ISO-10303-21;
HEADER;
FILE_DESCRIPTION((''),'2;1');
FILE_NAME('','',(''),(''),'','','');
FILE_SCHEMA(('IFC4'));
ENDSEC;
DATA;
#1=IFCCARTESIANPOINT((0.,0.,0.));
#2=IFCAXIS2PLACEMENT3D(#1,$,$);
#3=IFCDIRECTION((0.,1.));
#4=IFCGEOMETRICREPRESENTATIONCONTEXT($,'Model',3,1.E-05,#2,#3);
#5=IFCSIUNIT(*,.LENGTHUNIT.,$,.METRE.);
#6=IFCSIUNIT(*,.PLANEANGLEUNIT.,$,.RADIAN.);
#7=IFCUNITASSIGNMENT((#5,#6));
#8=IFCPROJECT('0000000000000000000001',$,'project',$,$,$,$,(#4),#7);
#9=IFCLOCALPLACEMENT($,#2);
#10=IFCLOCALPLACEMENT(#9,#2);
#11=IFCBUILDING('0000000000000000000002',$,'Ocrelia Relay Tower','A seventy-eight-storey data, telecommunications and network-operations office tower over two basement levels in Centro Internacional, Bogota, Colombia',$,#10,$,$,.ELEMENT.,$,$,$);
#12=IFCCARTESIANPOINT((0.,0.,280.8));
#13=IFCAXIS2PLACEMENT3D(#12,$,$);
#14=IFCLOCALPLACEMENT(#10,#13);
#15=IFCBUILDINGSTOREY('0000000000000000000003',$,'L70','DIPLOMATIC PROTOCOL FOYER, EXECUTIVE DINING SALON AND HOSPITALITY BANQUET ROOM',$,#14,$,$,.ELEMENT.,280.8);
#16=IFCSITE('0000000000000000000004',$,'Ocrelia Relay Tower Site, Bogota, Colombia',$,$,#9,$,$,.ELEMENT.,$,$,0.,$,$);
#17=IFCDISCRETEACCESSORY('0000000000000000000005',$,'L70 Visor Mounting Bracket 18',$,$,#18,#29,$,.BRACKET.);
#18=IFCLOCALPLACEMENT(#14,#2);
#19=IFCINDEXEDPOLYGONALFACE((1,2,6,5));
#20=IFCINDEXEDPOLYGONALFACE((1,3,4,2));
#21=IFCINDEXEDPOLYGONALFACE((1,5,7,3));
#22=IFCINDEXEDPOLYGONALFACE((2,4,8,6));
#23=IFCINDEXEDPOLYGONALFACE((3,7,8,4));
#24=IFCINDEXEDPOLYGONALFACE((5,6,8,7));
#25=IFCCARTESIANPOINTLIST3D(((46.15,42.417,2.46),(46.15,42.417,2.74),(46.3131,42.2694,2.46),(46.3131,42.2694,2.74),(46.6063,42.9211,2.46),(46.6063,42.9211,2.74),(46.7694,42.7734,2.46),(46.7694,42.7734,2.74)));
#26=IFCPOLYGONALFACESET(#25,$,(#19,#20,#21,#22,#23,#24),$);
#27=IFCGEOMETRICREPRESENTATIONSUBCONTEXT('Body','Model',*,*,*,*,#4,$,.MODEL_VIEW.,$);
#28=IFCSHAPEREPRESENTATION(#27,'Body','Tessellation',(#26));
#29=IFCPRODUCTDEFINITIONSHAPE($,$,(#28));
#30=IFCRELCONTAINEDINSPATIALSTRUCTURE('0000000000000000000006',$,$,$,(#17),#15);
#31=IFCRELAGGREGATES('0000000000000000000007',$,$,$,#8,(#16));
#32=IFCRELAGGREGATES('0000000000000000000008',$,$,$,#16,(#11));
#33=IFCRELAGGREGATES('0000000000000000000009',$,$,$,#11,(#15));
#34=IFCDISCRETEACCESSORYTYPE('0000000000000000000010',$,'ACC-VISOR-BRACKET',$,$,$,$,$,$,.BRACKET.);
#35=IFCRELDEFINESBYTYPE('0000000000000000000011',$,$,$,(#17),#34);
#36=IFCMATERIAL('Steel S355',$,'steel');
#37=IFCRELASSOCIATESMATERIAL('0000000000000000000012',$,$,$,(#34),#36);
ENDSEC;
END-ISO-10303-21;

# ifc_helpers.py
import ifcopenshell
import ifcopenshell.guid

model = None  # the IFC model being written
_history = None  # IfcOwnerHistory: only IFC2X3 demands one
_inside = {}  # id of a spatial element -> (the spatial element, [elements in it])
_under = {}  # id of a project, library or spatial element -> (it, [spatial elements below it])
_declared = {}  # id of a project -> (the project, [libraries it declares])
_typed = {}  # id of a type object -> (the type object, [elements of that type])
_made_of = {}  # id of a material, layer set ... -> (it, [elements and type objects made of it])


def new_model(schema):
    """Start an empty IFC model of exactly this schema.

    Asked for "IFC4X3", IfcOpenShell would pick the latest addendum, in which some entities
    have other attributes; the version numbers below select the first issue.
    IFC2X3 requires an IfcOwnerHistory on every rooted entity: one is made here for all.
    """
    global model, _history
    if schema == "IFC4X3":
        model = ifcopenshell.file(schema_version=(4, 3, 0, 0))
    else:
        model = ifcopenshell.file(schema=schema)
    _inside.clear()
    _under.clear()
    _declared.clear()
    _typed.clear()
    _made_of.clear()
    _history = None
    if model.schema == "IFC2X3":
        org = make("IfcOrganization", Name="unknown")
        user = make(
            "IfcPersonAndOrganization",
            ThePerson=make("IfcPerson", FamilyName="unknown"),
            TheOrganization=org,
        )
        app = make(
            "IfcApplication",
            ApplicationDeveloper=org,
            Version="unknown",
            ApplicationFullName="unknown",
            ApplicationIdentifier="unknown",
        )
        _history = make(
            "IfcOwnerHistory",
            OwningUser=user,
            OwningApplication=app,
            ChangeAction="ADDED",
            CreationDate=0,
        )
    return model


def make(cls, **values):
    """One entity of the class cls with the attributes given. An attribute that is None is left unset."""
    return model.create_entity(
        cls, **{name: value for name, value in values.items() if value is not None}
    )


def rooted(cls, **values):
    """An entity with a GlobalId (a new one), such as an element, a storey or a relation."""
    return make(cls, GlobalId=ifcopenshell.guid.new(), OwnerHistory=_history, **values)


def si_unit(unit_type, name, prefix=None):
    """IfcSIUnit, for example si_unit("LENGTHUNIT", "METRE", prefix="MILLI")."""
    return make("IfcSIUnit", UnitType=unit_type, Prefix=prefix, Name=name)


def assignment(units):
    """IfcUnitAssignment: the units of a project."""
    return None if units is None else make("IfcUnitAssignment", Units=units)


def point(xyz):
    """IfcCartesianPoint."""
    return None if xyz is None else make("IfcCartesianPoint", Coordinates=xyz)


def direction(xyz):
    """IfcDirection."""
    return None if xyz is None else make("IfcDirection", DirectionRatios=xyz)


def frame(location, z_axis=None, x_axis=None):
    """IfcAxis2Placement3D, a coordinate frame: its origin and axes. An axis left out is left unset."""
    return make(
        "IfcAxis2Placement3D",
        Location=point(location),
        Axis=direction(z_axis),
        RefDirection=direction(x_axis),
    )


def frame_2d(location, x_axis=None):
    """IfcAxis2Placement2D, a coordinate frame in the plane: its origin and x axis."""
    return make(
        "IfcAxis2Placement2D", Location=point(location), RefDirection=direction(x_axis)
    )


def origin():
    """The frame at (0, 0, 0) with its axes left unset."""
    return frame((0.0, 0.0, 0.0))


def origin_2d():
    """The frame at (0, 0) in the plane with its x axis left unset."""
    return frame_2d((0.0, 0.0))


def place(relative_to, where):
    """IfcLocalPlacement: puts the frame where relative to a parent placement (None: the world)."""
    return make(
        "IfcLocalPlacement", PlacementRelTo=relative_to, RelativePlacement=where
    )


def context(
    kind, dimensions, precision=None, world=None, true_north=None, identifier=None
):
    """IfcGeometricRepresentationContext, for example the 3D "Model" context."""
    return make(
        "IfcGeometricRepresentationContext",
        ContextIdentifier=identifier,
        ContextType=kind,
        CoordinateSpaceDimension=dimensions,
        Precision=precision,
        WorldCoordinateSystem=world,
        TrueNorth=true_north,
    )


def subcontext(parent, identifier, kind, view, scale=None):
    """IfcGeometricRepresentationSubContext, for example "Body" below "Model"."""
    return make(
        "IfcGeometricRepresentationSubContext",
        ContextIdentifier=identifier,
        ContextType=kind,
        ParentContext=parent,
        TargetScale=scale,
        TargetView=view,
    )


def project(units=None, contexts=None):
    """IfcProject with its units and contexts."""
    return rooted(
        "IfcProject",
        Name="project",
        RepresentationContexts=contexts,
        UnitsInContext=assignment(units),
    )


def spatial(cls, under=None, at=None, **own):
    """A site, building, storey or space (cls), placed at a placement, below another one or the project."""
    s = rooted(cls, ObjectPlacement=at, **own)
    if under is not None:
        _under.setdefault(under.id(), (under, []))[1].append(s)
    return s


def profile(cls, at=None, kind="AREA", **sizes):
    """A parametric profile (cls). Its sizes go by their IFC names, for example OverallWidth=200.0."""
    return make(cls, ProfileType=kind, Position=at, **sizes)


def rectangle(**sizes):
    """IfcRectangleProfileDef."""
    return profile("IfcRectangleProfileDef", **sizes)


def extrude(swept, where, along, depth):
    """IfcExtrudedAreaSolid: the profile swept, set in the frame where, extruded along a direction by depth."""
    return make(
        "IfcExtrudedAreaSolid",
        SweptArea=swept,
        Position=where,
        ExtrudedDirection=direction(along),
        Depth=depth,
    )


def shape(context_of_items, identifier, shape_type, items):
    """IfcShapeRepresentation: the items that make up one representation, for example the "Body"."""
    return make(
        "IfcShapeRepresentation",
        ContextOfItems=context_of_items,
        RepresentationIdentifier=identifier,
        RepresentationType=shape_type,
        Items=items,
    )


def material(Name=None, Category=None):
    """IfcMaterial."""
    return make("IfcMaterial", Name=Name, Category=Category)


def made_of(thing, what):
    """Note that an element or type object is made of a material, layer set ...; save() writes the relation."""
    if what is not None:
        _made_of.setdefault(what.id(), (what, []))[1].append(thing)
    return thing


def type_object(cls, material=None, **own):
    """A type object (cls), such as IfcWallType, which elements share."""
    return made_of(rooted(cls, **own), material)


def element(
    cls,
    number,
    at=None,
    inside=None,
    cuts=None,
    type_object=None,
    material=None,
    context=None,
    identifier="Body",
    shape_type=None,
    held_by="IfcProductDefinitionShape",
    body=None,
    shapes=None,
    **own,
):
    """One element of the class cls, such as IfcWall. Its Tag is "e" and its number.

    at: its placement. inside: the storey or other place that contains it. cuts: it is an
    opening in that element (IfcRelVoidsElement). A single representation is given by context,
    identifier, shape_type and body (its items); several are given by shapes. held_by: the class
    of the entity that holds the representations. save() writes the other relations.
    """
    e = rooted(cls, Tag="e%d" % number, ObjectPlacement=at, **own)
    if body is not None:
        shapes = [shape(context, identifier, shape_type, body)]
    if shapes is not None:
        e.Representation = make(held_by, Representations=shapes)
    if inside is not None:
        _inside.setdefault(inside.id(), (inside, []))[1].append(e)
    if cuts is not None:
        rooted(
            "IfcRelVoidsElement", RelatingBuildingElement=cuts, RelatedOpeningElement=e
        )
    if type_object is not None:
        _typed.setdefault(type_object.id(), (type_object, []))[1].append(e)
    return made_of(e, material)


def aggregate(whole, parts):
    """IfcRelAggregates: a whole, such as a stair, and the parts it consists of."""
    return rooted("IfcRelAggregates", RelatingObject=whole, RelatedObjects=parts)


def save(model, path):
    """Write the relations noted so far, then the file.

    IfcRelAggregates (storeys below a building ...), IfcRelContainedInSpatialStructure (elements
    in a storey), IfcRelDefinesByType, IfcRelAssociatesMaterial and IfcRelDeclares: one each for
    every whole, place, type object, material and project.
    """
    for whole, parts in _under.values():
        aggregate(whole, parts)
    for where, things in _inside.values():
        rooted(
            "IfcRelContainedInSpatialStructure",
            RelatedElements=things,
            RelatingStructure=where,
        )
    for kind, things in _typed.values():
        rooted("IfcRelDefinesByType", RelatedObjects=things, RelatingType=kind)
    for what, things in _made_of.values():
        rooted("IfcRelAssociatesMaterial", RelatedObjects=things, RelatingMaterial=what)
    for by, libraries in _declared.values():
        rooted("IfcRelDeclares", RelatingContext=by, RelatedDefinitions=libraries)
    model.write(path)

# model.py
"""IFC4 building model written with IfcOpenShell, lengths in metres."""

from ifc_helpers import new_model, si_unit, direction, frame, origin, origin_2d, place, context, subcontext, project, spatial, rectangle, extrude, material, type_object, element, save


model = new_model("IFC4")

# Units and contexts
model_context = context("Model", 3, precision=1e-05, world=origin(), true_north=direction((0.0, 1.0)))
body_context = subcontext(model_context, "Body", "Model", "MODEL_VIEW")
ifc_project = project(units=[si_unit("LENGTHUNIT", "METRE"), si_unit("PLANEANGLEUNIT", "RADIAN")], contexts=[model_context])

# Site, building, storey
site_placement = place(None, origin())
site = spatial("IfcSite", under=ifc_project, at=site_placement, Name="Ocrelia Relay Tower Site, Bogota, Colombia", CompositionType="ELEMENT", RefElevation=0.0)
building_placement = place(site_placement, origin())
building = spatial("IfcBuilding", under=site, at=building_placement, Name="Ocrelia Relay Tower", Description="A seventy-eight-storey data, telecommunications and network-operations office tower over two basement levels in Centro Internacional, Bogota, Colombia", CompositionType="ELEMENT")
storey_placement = place(building_placement, frame((0.0, 0.0, 280.8)))
storey = spatial("IfcBuildingStorey", under=building, at=storey_placement, Name="L70", Description="DIPLOMATIC PROTOCOL FOYER, EXECUTIVE DINING SALON AND HOSPITALITY BANQUET ROOM", CompositionType="ELEMENT", Elevation=280.8)

# Shared definitions
ifc_material_1 = material(Name="Steel S355", Category="steel")

# Discrete accessory
discrete_accessory_type = type_object("IfcDiscreteAccessoryType", Name="ACC-VISOR-BRACKET", PredefinedType="BRACKET", material=ifc_material_1)
for number, where, z_axis, x_axis, name in (
    (1, (46.4597, 42.5952, 2.46), (0.0, 0.0, 1.0), (-0.741356, 0.671112, 0.0), "L70 Visor Mounting Bracket 18"),
):
    element("IfcDiscreteAccessory", number, at=place(storey_placement, frame(where, z_axis=z_axis, x_axis=x_axis)), inside=storey, type_object=discrete_accessory_type, Name=name, PredefinedType="BRACKET", context=body_context, shape_type="SweptSolid", body=[
        extrude(rectangle(XDim=0.22, YDim=0.6799, at=origin_2d()), origin(), (0.0, 0.0, 1.0), 0.28),
    ])

save(model, "model.ifc")
